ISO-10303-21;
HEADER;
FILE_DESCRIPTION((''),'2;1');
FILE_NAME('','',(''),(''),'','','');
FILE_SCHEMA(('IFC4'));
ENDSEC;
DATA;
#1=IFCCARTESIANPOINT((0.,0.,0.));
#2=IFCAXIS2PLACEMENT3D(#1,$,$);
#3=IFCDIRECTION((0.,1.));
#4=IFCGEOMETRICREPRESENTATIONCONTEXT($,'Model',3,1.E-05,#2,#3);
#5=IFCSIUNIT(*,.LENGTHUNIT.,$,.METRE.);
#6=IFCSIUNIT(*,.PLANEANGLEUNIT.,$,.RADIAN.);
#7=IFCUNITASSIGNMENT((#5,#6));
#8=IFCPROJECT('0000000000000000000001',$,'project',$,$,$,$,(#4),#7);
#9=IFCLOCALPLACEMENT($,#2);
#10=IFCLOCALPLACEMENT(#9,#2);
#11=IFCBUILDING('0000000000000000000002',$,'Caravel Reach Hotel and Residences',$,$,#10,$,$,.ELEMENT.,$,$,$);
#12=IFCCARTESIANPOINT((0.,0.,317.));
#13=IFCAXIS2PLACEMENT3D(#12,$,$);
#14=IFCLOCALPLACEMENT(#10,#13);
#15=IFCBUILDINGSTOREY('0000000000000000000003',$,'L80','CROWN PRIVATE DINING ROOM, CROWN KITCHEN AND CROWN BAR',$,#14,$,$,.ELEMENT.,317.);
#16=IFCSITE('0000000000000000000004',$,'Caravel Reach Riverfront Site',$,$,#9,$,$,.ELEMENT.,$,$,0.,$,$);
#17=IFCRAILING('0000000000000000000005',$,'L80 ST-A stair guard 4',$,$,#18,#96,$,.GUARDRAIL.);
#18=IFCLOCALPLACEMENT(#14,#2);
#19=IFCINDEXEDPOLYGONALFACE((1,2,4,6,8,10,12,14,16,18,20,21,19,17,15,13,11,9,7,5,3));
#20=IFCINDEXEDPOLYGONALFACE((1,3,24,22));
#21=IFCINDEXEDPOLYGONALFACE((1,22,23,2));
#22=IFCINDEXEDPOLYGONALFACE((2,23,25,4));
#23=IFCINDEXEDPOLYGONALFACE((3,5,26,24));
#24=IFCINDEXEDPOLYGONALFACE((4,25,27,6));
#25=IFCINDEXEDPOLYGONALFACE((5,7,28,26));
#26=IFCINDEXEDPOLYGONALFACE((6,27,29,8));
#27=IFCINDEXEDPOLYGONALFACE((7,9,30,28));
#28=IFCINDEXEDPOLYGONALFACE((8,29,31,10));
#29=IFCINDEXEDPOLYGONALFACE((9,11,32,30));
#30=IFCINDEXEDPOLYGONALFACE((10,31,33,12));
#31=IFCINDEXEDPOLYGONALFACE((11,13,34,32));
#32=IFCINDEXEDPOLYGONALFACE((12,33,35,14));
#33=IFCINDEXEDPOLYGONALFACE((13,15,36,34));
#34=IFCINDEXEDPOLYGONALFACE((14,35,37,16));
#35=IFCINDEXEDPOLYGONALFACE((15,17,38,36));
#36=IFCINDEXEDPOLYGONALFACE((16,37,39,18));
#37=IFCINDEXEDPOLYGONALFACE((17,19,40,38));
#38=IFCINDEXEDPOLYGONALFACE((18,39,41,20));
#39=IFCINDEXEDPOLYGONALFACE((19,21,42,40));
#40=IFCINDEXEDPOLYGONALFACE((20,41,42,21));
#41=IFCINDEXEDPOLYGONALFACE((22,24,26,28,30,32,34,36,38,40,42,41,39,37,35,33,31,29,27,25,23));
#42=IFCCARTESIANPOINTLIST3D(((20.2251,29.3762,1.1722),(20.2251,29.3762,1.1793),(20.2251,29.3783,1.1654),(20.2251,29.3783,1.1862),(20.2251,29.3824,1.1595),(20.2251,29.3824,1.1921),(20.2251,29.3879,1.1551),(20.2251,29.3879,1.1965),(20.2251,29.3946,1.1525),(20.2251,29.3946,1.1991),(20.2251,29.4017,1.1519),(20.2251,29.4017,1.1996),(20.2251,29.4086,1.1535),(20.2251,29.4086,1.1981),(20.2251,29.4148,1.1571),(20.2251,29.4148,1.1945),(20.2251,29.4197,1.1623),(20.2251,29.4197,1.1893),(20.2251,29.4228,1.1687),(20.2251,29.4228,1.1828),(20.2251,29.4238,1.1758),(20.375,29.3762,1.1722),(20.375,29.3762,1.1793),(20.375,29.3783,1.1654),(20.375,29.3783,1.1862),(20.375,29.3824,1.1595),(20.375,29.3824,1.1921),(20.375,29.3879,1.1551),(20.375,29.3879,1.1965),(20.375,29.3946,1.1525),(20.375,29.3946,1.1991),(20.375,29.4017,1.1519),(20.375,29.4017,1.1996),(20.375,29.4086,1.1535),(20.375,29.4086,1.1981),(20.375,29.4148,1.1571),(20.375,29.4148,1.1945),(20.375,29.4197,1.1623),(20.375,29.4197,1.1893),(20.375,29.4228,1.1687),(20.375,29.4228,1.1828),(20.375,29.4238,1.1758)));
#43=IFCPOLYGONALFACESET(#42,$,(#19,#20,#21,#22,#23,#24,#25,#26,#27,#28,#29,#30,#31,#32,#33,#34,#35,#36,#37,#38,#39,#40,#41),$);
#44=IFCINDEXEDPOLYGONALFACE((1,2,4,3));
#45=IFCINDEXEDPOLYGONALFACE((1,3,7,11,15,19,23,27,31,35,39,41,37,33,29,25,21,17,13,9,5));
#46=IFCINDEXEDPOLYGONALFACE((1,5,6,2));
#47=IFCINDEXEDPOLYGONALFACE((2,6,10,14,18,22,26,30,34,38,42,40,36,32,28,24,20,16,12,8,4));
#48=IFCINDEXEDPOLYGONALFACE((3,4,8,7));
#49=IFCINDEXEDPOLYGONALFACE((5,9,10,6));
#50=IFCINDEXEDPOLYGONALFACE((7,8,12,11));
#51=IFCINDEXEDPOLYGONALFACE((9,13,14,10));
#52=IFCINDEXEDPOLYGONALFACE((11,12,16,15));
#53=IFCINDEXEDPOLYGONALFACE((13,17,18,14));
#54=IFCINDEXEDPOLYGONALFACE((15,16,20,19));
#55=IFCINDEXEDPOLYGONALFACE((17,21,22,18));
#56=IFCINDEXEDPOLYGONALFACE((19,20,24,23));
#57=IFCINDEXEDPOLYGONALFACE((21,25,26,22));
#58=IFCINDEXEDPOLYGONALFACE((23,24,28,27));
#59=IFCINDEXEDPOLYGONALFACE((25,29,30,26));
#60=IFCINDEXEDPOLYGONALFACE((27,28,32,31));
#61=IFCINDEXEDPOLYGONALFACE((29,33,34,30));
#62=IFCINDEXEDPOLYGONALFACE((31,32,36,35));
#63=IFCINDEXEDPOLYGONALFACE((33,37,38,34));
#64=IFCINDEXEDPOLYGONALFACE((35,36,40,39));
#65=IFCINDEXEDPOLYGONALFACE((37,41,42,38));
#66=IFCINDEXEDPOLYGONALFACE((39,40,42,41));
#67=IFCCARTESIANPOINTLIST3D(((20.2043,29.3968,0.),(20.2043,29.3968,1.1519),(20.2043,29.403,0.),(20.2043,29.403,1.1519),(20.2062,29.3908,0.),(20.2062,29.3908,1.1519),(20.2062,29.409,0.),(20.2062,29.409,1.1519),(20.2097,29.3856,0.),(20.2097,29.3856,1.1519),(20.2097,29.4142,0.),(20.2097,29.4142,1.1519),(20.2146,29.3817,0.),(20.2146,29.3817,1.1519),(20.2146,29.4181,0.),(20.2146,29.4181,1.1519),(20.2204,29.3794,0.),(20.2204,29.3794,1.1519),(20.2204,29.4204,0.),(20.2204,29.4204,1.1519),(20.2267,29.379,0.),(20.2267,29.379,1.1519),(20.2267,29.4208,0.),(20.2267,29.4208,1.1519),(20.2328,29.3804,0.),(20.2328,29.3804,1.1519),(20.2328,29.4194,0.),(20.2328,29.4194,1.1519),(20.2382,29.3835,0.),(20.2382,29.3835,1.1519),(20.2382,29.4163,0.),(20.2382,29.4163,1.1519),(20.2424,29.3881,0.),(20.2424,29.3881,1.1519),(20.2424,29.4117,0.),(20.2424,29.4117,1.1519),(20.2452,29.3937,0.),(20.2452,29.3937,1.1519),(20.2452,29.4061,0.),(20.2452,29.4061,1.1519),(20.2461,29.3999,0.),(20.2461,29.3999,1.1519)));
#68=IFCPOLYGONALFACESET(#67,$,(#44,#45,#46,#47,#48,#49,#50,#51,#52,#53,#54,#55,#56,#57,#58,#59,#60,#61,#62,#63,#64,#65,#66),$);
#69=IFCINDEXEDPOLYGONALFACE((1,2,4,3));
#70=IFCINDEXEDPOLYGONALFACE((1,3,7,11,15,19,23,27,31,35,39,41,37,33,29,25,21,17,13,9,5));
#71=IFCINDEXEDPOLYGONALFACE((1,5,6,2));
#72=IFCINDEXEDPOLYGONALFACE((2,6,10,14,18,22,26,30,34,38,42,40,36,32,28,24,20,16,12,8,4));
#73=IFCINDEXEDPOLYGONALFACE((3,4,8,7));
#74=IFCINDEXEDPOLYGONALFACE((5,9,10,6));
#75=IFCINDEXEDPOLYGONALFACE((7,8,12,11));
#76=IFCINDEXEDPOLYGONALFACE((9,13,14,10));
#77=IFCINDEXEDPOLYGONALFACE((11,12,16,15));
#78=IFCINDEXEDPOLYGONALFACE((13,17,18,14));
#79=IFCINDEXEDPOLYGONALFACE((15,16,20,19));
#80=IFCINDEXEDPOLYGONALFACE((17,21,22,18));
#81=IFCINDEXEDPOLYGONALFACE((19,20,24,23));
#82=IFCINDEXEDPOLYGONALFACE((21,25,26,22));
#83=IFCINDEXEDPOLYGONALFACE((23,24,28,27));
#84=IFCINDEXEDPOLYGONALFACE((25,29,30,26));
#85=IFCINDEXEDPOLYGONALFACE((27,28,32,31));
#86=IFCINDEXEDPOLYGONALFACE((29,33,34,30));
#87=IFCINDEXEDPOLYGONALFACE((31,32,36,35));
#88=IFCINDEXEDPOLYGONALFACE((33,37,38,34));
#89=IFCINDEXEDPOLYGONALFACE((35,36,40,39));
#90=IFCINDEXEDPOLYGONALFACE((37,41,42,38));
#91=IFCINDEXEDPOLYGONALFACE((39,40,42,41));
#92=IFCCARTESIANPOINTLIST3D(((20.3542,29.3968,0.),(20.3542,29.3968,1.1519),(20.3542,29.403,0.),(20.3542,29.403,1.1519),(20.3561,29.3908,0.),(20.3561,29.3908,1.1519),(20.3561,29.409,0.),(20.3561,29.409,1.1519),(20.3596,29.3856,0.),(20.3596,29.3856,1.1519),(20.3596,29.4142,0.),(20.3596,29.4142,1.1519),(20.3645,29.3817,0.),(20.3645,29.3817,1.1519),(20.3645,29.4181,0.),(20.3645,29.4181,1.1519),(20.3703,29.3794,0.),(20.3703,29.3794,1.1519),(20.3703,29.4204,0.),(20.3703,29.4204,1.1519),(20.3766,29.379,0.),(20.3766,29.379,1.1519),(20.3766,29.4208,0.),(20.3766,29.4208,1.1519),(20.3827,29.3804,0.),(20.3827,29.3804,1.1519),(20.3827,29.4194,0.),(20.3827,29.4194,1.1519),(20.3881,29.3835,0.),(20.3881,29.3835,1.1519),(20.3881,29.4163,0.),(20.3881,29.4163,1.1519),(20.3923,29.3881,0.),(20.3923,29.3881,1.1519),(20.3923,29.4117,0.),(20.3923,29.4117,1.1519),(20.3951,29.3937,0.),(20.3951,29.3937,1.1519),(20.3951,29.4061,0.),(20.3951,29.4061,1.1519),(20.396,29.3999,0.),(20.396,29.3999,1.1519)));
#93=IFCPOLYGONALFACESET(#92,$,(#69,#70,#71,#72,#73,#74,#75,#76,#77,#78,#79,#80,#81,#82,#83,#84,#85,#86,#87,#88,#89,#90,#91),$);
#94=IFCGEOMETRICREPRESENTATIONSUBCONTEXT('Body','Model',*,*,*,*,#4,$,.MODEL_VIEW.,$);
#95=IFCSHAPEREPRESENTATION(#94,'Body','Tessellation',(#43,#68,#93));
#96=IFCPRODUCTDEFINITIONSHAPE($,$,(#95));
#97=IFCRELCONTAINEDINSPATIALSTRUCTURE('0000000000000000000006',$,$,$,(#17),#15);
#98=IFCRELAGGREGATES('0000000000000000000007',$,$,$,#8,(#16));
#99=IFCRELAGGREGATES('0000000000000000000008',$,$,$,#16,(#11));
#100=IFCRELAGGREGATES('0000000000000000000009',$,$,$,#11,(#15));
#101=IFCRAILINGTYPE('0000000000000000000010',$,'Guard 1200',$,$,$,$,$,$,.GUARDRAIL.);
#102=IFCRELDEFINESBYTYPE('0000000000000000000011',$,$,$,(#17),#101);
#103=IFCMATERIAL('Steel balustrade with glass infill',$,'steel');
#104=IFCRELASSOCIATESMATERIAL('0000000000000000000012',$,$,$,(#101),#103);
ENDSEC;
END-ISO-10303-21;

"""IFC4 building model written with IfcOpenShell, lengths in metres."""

from ifc_helpers import new_model, si_unit, direction, frame, origin, origin_2d, place, context, subcontext, project, spatial, circle, extrude, material, type_object, element, save


model = new_model("IFC4")

# Units and contexts
model_context = context("Model", 3, precision=1e-05, world=origin(), true_north=direction((0.0, 1.0)))
body_context = subcontext(model_context, "Body", "Model", "MODEL_VIEW")
ifc_project = project(units=[si_unit("LENGTHUNIT", "METRE"), si_unit("PLANEANGLEUNIT", "RADIAN")], contexts=[model_context])

# Site, building, storey
site_placement = place(None, origin())
site = spatial("IfcSite", under=ifc_project, at=site_placement, Name="Caravel Reach Riverfront Site", CompositionType="ELEMENT", RefElevation=0.0)
building_placement = place(site_placement, origin())
building = spatial("IfcBuilding", under=site, at=building_placement, Name="Caravel Reach Hotel and Residences", CompositionType="ELEMENT")
storey_placement = place(building_placement, frame((0.0, 0.0, 317.0)))
storey = spatial("IfcBuildingStorey", under=building, at=storey_placement, Name="L80", Description="CROWN PRIVATE DINING ROOM, CROWN KITCHEN AND CROWN BAR", CompositionType="ELEMENT", Elevation=317.0)

# Railing
ifc_material_1 = material(Name="Steel balustrade with glass infill", Category="steel")
railing_type_1 = type_object("IfcRailingType", Name="Guard 1200", PredefinedType="GUARDRAIL", material=ifc_material_1)
railing_1_placement = place(storey_placement, frame((20.2251, 29.3999, 0.0)))
element("IfcRailing", 1, at=railing_1_placement, inside=storey, type_object=railing_type_1, Name="L80 ST-A stair guard 4", PredefinedType="GUARDRAIL", context=body_context, shape_type="SweptSolid", body=[
    extrude(circle(Radius=0.0239, at=origin_2d()), frame((0.0, 0.0, 1.1758), z_axis=(1.0, 0.0, 0.0), x_axis=(0.0, 1.0, 0.0)), (0.0, 0.0, 1.0), 0.1499),
    extrude(circle(Radius=0.021, at=origin_2d()), origin(), (0.0, 0.0, 1.0), 1.1519),
    extrude(circle(Radius=0.021, at=origin_2d()), frame((0.1499, 0.0, 0.0)), (0.0, 0.0, 1.0), 1.1519),
])

save(model, "model.ifc")
